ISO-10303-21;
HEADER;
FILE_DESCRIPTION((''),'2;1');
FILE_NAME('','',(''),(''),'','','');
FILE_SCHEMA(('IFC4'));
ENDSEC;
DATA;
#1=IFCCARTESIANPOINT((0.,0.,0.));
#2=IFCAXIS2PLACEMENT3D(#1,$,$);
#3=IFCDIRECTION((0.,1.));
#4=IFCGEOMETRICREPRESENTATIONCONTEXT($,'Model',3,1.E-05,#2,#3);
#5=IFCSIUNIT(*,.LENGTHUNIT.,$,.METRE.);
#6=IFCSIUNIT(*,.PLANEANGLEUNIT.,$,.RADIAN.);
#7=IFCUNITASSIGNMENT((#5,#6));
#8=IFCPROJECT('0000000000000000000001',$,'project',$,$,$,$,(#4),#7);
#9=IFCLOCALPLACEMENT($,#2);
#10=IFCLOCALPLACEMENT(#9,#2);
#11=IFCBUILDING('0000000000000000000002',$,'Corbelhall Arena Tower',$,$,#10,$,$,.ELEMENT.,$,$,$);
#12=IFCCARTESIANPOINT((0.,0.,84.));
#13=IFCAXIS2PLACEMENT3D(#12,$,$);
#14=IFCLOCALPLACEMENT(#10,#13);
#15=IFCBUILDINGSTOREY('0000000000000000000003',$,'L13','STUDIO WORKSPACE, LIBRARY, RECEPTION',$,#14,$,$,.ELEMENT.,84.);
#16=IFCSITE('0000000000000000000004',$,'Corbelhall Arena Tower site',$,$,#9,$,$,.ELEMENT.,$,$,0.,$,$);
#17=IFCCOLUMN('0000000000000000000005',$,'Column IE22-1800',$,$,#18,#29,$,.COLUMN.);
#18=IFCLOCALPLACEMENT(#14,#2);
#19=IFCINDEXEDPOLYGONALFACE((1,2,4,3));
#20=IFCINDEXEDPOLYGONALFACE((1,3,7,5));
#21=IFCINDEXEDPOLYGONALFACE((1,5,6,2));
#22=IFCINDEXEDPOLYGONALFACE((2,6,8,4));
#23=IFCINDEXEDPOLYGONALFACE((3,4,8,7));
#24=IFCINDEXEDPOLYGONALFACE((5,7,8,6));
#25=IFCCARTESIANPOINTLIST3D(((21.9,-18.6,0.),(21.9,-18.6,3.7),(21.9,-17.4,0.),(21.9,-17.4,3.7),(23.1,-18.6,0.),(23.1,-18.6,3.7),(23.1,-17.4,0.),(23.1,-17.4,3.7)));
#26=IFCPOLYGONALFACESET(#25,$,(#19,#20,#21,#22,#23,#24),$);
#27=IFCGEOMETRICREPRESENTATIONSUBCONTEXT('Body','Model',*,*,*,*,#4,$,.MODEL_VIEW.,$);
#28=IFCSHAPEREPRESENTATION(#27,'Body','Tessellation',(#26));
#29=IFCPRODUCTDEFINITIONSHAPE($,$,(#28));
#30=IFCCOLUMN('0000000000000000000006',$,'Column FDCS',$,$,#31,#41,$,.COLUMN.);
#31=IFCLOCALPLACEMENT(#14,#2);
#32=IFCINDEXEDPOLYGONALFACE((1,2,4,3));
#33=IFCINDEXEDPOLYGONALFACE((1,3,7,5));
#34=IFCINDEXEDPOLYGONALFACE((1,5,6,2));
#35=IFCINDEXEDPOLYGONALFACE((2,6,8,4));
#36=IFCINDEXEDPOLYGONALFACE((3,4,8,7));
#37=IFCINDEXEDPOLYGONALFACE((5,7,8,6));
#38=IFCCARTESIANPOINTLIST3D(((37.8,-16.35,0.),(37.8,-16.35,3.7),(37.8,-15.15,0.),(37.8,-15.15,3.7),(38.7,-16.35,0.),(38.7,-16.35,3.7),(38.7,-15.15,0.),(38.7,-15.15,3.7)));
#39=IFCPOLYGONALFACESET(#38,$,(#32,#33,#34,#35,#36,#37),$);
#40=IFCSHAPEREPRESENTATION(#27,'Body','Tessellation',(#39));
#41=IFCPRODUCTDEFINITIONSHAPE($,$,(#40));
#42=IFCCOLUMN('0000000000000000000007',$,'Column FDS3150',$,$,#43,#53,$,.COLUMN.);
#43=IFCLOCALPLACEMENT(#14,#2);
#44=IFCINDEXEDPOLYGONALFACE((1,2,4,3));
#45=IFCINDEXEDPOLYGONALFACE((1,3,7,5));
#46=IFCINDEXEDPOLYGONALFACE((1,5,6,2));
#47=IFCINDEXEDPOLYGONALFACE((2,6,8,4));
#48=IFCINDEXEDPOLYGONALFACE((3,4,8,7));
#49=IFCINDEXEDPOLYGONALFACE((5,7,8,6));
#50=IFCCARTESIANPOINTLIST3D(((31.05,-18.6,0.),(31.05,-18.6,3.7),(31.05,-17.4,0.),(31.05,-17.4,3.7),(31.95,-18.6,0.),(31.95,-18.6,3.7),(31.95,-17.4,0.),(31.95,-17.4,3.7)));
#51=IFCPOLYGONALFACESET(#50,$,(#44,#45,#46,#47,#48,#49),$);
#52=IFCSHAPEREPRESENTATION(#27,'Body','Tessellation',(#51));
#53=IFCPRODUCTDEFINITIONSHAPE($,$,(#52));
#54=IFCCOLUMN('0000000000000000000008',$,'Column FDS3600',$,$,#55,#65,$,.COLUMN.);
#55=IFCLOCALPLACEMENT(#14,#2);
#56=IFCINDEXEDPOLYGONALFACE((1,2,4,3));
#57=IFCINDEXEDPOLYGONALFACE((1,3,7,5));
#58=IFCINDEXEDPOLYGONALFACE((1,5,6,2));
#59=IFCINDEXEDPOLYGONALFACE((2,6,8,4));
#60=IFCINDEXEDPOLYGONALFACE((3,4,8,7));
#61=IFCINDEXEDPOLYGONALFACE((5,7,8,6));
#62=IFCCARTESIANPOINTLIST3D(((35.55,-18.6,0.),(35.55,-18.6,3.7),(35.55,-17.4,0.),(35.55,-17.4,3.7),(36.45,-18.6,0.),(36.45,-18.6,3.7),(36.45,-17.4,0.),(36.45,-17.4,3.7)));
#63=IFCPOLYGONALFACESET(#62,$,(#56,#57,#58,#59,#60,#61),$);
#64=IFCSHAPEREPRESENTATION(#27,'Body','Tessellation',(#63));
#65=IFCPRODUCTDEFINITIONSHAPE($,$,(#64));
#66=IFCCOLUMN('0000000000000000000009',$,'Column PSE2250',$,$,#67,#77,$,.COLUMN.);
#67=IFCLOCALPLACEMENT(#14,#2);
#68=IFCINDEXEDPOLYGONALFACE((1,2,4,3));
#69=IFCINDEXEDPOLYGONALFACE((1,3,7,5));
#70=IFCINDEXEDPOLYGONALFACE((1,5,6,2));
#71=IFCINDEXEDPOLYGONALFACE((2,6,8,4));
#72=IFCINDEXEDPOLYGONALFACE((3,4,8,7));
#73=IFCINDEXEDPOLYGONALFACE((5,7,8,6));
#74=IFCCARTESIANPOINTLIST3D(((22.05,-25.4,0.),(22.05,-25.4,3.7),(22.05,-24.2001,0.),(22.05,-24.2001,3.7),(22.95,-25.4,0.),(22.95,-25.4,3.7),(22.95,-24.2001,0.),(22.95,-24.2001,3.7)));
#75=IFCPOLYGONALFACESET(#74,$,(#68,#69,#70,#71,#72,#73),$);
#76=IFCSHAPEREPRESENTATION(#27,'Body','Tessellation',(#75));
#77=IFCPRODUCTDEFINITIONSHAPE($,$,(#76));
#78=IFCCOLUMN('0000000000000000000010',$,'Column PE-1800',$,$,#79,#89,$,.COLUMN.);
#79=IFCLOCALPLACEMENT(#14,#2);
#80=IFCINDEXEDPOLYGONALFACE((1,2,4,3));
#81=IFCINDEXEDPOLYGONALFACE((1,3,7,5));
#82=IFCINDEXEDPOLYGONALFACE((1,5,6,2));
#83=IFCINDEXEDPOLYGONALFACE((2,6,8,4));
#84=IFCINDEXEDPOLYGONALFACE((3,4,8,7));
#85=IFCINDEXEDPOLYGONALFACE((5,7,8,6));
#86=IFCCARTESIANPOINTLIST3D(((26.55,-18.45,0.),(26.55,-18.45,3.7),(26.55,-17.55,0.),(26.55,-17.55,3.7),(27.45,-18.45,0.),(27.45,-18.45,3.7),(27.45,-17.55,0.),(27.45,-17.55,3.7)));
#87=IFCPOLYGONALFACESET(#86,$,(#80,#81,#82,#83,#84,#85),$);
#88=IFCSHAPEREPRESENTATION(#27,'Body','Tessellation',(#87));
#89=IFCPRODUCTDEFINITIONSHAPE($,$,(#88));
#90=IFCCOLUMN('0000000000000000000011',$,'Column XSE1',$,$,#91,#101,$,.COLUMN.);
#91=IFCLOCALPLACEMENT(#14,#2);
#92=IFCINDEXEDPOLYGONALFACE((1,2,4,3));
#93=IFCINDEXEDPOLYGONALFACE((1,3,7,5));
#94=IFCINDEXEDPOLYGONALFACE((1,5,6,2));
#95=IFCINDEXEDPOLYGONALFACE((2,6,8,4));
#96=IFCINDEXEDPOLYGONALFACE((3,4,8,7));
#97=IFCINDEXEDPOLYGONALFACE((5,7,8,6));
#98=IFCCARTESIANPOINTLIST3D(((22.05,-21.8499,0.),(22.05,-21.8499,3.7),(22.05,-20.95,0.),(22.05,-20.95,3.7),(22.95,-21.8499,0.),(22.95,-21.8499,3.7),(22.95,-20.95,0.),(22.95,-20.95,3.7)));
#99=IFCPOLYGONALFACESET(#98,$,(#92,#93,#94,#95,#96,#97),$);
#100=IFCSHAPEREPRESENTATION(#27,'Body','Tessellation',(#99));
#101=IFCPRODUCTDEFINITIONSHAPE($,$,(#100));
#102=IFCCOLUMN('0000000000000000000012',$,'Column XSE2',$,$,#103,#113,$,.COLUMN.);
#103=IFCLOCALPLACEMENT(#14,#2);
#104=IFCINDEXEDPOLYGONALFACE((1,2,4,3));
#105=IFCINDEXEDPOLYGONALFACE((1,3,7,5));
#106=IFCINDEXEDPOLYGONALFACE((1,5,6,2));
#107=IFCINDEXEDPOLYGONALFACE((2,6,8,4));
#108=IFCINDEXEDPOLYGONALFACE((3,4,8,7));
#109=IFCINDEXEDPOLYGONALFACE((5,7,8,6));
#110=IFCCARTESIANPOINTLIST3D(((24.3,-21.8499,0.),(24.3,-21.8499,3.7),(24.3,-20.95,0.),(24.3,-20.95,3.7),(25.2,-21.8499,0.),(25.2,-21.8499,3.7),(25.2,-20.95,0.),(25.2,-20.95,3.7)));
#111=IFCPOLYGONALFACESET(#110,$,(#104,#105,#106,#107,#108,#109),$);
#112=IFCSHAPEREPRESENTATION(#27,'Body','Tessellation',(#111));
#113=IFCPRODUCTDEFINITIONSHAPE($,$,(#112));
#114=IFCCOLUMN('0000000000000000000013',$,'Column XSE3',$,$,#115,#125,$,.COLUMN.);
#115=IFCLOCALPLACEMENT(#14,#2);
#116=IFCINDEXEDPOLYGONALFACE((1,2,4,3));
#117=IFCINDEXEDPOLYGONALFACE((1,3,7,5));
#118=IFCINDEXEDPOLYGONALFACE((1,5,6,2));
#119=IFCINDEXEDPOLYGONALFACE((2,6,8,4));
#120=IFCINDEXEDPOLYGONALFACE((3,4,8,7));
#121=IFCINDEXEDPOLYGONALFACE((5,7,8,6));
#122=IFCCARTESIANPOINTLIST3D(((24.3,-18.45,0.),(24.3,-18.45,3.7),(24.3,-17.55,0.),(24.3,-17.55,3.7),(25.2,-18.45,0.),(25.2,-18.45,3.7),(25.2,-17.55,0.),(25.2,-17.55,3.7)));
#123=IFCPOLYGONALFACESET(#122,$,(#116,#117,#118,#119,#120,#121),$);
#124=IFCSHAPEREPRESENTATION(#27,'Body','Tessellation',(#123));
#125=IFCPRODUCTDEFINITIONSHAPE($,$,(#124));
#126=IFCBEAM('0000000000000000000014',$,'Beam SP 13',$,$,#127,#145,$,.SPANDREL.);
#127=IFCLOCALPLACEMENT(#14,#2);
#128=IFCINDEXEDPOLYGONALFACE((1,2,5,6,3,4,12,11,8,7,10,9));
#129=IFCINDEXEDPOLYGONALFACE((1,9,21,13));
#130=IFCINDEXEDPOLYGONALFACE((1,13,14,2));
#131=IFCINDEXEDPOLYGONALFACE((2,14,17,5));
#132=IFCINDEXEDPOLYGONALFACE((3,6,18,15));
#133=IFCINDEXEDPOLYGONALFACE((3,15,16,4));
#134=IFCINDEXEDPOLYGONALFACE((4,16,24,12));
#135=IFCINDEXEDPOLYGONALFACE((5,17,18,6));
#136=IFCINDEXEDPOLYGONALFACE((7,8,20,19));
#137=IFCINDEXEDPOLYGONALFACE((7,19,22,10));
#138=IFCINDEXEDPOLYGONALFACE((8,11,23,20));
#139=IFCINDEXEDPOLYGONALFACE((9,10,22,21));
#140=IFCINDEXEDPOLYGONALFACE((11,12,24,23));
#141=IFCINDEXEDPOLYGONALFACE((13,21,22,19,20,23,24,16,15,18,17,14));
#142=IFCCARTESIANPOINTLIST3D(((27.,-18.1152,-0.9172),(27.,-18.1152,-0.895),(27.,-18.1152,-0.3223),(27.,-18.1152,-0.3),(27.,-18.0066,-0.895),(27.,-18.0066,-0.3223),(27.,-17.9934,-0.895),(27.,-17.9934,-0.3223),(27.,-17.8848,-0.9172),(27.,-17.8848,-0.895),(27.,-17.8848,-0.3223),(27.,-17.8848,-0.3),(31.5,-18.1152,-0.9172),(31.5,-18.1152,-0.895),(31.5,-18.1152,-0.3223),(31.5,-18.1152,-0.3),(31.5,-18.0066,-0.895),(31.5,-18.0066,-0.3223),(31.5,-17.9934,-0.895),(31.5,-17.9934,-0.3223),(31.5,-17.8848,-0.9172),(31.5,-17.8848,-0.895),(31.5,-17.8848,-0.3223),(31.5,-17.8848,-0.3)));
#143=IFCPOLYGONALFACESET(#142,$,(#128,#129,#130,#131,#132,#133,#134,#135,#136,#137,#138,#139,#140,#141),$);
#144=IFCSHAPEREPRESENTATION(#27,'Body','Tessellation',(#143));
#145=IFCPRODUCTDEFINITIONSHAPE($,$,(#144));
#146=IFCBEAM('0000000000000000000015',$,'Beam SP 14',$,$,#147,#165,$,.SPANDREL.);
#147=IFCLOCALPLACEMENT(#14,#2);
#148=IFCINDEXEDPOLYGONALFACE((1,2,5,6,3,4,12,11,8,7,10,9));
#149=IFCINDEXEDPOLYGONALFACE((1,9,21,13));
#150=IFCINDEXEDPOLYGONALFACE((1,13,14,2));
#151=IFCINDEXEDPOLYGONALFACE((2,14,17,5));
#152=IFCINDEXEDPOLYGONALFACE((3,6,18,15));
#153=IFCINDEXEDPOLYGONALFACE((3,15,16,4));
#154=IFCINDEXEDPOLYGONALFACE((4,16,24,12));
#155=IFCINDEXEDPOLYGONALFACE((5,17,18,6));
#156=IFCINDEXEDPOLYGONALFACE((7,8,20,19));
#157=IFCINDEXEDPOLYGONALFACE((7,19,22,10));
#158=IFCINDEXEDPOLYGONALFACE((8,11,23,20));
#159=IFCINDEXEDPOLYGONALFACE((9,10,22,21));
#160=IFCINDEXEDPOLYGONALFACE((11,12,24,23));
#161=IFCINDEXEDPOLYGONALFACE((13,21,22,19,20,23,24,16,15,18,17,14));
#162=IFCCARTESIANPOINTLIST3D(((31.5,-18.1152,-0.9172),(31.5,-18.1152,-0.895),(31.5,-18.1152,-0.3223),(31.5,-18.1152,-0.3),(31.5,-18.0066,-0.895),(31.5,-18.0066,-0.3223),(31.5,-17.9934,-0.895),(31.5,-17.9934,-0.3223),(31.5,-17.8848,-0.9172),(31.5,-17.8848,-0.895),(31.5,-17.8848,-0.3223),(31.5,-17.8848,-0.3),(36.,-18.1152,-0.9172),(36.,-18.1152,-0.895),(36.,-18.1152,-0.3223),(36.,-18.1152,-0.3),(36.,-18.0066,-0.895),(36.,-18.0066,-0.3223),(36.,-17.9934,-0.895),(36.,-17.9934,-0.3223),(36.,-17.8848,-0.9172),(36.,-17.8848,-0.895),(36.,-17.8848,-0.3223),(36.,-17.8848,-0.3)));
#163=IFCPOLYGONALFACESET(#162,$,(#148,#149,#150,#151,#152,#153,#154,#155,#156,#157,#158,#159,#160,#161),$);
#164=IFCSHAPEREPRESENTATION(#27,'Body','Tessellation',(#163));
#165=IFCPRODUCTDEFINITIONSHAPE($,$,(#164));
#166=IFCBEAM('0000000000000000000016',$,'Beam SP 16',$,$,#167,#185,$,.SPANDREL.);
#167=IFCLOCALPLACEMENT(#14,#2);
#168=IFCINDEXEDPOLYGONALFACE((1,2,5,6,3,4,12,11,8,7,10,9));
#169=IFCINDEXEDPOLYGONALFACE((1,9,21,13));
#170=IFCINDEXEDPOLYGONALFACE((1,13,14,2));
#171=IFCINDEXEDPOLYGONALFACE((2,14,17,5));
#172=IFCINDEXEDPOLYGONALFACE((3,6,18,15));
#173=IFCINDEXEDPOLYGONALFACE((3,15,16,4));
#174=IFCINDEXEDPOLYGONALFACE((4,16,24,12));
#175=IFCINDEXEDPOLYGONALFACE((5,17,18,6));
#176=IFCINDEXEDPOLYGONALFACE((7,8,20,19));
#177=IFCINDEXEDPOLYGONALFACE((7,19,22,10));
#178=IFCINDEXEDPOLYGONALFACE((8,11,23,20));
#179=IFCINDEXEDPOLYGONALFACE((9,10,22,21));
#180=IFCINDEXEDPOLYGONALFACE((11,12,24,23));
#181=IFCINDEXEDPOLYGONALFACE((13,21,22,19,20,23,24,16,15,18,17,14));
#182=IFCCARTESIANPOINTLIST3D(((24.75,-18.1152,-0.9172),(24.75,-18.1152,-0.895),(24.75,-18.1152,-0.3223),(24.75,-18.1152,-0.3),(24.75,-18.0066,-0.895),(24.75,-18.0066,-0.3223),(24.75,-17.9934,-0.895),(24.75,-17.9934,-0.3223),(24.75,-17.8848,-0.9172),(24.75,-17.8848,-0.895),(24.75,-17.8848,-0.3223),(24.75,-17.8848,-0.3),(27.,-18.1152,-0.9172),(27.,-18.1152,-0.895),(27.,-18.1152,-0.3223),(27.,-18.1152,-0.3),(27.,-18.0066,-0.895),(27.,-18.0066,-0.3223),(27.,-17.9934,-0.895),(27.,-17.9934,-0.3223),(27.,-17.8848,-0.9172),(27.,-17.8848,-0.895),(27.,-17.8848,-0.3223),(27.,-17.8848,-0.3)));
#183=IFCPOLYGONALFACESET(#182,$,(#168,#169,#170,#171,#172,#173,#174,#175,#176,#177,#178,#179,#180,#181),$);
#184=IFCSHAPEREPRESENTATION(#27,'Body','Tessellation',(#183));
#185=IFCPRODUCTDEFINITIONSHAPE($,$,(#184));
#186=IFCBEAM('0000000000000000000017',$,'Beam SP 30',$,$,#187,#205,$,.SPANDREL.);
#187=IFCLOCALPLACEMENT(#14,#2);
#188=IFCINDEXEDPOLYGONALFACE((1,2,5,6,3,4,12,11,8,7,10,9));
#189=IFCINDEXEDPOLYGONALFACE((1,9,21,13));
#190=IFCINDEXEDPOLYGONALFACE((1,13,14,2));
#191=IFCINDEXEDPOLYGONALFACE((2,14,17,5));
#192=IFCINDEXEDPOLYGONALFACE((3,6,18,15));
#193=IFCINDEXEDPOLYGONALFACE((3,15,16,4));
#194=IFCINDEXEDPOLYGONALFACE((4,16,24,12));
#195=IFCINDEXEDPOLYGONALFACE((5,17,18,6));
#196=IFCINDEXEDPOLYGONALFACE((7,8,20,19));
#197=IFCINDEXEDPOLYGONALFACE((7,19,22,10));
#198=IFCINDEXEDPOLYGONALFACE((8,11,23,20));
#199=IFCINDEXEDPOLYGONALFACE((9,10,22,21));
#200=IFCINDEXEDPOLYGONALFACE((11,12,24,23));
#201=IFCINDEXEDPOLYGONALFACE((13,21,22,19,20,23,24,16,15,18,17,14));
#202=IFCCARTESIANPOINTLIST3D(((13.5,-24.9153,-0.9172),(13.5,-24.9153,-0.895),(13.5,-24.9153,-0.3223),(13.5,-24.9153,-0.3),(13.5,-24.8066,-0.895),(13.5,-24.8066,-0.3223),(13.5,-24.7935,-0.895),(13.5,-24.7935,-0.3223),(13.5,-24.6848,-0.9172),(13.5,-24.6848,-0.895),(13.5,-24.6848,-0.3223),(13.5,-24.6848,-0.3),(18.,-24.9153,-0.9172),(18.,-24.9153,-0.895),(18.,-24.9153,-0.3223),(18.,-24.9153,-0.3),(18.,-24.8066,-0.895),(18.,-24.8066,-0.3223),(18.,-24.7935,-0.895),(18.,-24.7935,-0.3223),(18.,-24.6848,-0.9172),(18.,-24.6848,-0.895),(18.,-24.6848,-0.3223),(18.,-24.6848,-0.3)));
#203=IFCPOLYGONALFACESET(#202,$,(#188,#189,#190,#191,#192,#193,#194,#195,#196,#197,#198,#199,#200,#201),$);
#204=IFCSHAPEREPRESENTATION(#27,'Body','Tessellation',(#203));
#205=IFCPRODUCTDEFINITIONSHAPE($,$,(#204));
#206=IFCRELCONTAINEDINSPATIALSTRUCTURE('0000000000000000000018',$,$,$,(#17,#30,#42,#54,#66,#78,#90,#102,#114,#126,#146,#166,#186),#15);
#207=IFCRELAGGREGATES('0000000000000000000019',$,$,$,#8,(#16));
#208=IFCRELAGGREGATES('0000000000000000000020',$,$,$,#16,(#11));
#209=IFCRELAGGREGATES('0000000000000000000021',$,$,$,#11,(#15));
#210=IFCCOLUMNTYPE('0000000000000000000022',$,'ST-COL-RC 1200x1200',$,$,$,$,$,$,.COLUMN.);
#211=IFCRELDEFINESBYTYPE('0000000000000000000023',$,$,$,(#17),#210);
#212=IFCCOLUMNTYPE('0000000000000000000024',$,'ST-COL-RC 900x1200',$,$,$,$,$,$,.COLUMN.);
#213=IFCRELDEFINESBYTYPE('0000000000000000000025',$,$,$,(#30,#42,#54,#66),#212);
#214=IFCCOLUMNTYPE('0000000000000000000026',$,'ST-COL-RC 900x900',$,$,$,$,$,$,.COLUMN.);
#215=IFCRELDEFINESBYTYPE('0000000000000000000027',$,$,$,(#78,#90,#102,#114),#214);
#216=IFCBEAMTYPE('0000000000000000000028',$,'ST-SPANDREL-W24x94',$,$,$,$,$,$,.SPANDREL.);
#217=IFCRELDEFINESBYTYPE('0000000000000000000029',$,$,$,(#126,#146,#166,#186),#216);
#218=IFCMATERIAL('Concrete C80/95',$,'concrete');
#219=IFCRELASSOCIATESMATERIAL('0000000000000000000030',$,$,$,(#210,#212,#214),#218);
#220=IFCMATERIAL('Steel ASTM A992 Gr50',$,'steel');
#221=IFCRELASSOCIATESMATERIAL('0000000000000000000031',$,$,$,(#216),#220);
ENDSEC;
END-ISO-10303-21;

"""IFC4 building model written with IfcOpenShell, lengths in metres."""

from ifc_helpers import new_model, si_unit, direction, frame, origin, origin_2d, place, context, subcontext, project, spatial, rectangle, i_section, extrude, material, material_profile, profile_set, type_object, element, save


model = new_model("IFC4")

# Units and contexts
model_context = context("Model", 3, precision=1e-05, world=origin(), true_north=direction((0.0, 1.0)))
body_context = subcontext(model_context, "Body", "Model", "MODEL_VIEW")
ifc_project = project(units=[si_unit("LENGTHUNIT", "METRE"), si_unit("PLANEANGLEUNIT", "RADIAN")], contexts=[model_context])

# Site, building, storey
site_placement = place(None, origin())
site = spatial("IfcSite", under=ifc_project, at=site_placement, Name="Corbelhall Arena Tower site", CompositionType="ELEMENT", RefElevation=0.0)
building_placement = place(site_placement, origin())
building = spatial("IfcBuilding", under=site, at=building_placement, Name="Corbelhall Arena Tower", CompositionType="ELEMENT")
storey_placement = place(building_placement, frame((0.0, 0.0, 84.0)))
storey = spatial("IfcBuildingStorey", under=building, at=storey_placement, Name="L13", Description="STUDIO WORKSPACE, LIBRARY, RECEPTION", CompositionType="ELEMENT", Elevation=84.0)

# Columns
ifc_material_1 = material(Name="Concrete C80/95", Category="concrete")
ifc_material_profile_1 = material_profile(ifc_material_1, rectangle(XDim=1.2, YDim=1.2, at=origin_2d()))
ifc_profile_set_1 = profile_set([ifc_material_profile_1], Name="Concrete C80/95")
column_type_1 = type_object("IfcColumnType", Name="ST-COL-RC 1200x1200", PredefinedType="COLUMN", material=ifc_profile_set_1)
column_placement = place(storey_placement, frame((22.5, -18.0, 0.0), z_axis=(0.0, 0.0, 1.0), x_axis=(1.0, 0.0, 0.0)))
element("IfcColumn", 1, at=column_placement, inside=storey, type_object=column_type_1, Name="Column IE22-1800", PredefinedType="COLUMN", context=body_context, shape_type="SweptSolid", body=[
    extrude(rectangle(XDim=1.2, YDim=1.2, at=origin_2d()), origin(), (0.0, 0.0, 1.0), 3.7),
])
ifc_material_profile_2 = material_profile(ifc_material_1, rectangle(XDim=0.8999, YDim=1.2, at=origin_2d()))
ifc_profile_set_2 = profile_set([ifc_material_profile_2], Name="Concrete C80/95")
column_type_2 = type_object("IfcColumnType", Name="ST-COL-RC 900x1200", PredefinedType="COLUMN", material=ifc_profile_set_2)
for number, where, z_axis, x_axis, name in (
    (2, (38.25, -15.75, 0.0), (0.0, 0.0, 1.0), (1.0, 0.0, 0.0), "Column FDCS"),
    (3, (31.5, -18.0, 0.0), (0.0, 0.0, 1.0), (1.0, 0.0, 0.0), "Column FDS3150"),
    (4, (36.0, -18.0, 0.0), (0.0, 0.0, 1.0), (1.0, 0.0, 0.0), "Column FDS3600"),
    (5, (22.5, -24.8, 0.0), (0.0, 0.0, 1.0), (1.0, 0.0, 0.0), "Column PSE2250"),
):
    element("IfcColumn", number, at=place(storey_placement, frame(where, z_axis=z_axis, x_axis=x_axis)), inside=storey, type_object=column_type_2, Name=name, PredefinedType="COLUMN", context=body_context, shape_type="SweptSolid", body=[
        extrude(rectangle(XDim=0.8999, YDim=1.2, at=origin_2d()), origin(), (0.0, 0.0, 1.0), 3.7),
    ])
ifc_material_profile_3 = material_profile(ifc_material_1, rectangle(XDim=0.8999, YDim=0.8999, at=origin_2d()))
ifc_profile_set_3 = profile_set([ifc_material_profile_3], Name="Concrete C80/95")
column_type_3 = type_object("IfcColumnType", Name="ST-COL-RC 900x900", PredefinedType="COLUMN", material=ifc_profile_set_3)
for number, where, z_axis, x_axis, name in (
    (6, (27.0, -18.0, 0.0), (0.0, 0.0, 1.0), (1.0, 0.0, 0.0), "Column PE-1800"),
    (7, (22.5, -21.3999, 0.0), (0.0, 0.0, 1.0), (1.0, 0.0, 0.0), "Column XSE1"),
    (8, (24.75, -21.3999, 0.0), (0.0, 0.0, 1.0), (1.0, 0.0, 0.0), "Column XSE2"),
    (9, (24.75, -18.0, 0.0), (0.0, 0.0, 1.0), (1.0, 0.0, 0.0), "Column XSE3"),
):
    element("IfcColumn", number, at=place(storey_placement, frame(where, z_axis=z_axis, x_axis=x_axis)), inside=storey, type_object=column_type_3, Name=name, PredefinedType="COLUMN", context=body_context, shape_type="SweptSolid", body=[
        extrude(rectangle(XDim=0.8999, YDim=0.8999, at=origin_2d()), origin(), (0.0, 0.0, 1.0), 3.7),
    ])

# Beams
ifc_material_2 = material(Name="Steel ASTM A992 Gr50", Category="steel")
ifc_material_profile_4 = material_profile(ifc_material_2, i_section(OverallWidth=0.2305, OverallDepth=0.6172, WebThickness=0.0132, FlangeThickness=0.0222, at=origin_2d()))
ifc_profile_set_4 = profile_set([ifc_material_profile_4], Name="Steel ASTM A992 Gr50")
beam_type = type_object("IfcBeamType", Name="ST-SPANDREL-W24x94", PredefinedType="SPANDREL", material=ifc_profile_set_4)
for number, where, z_axis, x_axis, name in (
    (10, (31.5, -18.0, -0.6086), (-1.0, 0.0, 0.0), (0.0, -1.0, 0.0), "Beam SP 13"),
    (11, (36.0, -18.0, -0.6086), (-1.0, 0.0, 0.0), (0.0, -1.0, 0.0), "Beam SP 14"),
):
    element("IfcBeam", number, at=place(storey_placement, frame(where, z_axis=z_axis, x_axis=x_axis)), inside=storey, type_object=beam_type, Name=name, PredefinedType="SPANDREL", context=body_context, shape_type="SweptSolid", body=[
        extrude(i_section(OverallWidth=0.2305, OverallDepth=0.6172, WebThickness=0.0132, FlangeThickness=0.0222, at=origin_2d()), origin(), (0.0, 0.0, 1.0), 4.5),
    ])
beam_1_placement = place(storey_placement, frame((27.0, -18.0, -0.6086), z_axis=(-1.0, 0.0, 0.0), x_axis=(0.0, -1.0, 0.0)))
element("IfcBeam", 12, at=beam_1_placement, inside=storey, type_object=beam_type, Name="Beam SP 16", PredefinedType="SPANDREL", context=body_context, shape_type="SweptSolid", body=[
    extrude(i_section(OverallWidth=0.2305, OverallDepth=0.6172, WebThickness=0.0132, FlangeThickness=0.0222, at=origin_2d()), origin(), (0.0, 0.0, 1.0), 2.25),
])
for number, where, z_axis, x_axis, name in (
    (13, (18.0, -24.8, -0.6086), (-1.0, 0.0, 0.0), (0.0, -1.0, 0.0), "Beam SP 30"),
):
    element("IfcBeam", number, at=place(storey_placement, frame(where, z_axis=z_axis, x_axis=x_axis)), inside=storey, type_object=beam_type, Name=name, PredefinedType="SPANDREL", context=body_context, shape_type="SweptSolid", body=[
        extrude(i_section(OverallWidth=0.2305, OverallDepth=0.6172, WebThickness=0.0132, FlangeThickness=0.0222, at=origin_2d()), origin(), (0.0, 0.0, 1.0), 4.5),
    ])

save(model, "model.ifc")
